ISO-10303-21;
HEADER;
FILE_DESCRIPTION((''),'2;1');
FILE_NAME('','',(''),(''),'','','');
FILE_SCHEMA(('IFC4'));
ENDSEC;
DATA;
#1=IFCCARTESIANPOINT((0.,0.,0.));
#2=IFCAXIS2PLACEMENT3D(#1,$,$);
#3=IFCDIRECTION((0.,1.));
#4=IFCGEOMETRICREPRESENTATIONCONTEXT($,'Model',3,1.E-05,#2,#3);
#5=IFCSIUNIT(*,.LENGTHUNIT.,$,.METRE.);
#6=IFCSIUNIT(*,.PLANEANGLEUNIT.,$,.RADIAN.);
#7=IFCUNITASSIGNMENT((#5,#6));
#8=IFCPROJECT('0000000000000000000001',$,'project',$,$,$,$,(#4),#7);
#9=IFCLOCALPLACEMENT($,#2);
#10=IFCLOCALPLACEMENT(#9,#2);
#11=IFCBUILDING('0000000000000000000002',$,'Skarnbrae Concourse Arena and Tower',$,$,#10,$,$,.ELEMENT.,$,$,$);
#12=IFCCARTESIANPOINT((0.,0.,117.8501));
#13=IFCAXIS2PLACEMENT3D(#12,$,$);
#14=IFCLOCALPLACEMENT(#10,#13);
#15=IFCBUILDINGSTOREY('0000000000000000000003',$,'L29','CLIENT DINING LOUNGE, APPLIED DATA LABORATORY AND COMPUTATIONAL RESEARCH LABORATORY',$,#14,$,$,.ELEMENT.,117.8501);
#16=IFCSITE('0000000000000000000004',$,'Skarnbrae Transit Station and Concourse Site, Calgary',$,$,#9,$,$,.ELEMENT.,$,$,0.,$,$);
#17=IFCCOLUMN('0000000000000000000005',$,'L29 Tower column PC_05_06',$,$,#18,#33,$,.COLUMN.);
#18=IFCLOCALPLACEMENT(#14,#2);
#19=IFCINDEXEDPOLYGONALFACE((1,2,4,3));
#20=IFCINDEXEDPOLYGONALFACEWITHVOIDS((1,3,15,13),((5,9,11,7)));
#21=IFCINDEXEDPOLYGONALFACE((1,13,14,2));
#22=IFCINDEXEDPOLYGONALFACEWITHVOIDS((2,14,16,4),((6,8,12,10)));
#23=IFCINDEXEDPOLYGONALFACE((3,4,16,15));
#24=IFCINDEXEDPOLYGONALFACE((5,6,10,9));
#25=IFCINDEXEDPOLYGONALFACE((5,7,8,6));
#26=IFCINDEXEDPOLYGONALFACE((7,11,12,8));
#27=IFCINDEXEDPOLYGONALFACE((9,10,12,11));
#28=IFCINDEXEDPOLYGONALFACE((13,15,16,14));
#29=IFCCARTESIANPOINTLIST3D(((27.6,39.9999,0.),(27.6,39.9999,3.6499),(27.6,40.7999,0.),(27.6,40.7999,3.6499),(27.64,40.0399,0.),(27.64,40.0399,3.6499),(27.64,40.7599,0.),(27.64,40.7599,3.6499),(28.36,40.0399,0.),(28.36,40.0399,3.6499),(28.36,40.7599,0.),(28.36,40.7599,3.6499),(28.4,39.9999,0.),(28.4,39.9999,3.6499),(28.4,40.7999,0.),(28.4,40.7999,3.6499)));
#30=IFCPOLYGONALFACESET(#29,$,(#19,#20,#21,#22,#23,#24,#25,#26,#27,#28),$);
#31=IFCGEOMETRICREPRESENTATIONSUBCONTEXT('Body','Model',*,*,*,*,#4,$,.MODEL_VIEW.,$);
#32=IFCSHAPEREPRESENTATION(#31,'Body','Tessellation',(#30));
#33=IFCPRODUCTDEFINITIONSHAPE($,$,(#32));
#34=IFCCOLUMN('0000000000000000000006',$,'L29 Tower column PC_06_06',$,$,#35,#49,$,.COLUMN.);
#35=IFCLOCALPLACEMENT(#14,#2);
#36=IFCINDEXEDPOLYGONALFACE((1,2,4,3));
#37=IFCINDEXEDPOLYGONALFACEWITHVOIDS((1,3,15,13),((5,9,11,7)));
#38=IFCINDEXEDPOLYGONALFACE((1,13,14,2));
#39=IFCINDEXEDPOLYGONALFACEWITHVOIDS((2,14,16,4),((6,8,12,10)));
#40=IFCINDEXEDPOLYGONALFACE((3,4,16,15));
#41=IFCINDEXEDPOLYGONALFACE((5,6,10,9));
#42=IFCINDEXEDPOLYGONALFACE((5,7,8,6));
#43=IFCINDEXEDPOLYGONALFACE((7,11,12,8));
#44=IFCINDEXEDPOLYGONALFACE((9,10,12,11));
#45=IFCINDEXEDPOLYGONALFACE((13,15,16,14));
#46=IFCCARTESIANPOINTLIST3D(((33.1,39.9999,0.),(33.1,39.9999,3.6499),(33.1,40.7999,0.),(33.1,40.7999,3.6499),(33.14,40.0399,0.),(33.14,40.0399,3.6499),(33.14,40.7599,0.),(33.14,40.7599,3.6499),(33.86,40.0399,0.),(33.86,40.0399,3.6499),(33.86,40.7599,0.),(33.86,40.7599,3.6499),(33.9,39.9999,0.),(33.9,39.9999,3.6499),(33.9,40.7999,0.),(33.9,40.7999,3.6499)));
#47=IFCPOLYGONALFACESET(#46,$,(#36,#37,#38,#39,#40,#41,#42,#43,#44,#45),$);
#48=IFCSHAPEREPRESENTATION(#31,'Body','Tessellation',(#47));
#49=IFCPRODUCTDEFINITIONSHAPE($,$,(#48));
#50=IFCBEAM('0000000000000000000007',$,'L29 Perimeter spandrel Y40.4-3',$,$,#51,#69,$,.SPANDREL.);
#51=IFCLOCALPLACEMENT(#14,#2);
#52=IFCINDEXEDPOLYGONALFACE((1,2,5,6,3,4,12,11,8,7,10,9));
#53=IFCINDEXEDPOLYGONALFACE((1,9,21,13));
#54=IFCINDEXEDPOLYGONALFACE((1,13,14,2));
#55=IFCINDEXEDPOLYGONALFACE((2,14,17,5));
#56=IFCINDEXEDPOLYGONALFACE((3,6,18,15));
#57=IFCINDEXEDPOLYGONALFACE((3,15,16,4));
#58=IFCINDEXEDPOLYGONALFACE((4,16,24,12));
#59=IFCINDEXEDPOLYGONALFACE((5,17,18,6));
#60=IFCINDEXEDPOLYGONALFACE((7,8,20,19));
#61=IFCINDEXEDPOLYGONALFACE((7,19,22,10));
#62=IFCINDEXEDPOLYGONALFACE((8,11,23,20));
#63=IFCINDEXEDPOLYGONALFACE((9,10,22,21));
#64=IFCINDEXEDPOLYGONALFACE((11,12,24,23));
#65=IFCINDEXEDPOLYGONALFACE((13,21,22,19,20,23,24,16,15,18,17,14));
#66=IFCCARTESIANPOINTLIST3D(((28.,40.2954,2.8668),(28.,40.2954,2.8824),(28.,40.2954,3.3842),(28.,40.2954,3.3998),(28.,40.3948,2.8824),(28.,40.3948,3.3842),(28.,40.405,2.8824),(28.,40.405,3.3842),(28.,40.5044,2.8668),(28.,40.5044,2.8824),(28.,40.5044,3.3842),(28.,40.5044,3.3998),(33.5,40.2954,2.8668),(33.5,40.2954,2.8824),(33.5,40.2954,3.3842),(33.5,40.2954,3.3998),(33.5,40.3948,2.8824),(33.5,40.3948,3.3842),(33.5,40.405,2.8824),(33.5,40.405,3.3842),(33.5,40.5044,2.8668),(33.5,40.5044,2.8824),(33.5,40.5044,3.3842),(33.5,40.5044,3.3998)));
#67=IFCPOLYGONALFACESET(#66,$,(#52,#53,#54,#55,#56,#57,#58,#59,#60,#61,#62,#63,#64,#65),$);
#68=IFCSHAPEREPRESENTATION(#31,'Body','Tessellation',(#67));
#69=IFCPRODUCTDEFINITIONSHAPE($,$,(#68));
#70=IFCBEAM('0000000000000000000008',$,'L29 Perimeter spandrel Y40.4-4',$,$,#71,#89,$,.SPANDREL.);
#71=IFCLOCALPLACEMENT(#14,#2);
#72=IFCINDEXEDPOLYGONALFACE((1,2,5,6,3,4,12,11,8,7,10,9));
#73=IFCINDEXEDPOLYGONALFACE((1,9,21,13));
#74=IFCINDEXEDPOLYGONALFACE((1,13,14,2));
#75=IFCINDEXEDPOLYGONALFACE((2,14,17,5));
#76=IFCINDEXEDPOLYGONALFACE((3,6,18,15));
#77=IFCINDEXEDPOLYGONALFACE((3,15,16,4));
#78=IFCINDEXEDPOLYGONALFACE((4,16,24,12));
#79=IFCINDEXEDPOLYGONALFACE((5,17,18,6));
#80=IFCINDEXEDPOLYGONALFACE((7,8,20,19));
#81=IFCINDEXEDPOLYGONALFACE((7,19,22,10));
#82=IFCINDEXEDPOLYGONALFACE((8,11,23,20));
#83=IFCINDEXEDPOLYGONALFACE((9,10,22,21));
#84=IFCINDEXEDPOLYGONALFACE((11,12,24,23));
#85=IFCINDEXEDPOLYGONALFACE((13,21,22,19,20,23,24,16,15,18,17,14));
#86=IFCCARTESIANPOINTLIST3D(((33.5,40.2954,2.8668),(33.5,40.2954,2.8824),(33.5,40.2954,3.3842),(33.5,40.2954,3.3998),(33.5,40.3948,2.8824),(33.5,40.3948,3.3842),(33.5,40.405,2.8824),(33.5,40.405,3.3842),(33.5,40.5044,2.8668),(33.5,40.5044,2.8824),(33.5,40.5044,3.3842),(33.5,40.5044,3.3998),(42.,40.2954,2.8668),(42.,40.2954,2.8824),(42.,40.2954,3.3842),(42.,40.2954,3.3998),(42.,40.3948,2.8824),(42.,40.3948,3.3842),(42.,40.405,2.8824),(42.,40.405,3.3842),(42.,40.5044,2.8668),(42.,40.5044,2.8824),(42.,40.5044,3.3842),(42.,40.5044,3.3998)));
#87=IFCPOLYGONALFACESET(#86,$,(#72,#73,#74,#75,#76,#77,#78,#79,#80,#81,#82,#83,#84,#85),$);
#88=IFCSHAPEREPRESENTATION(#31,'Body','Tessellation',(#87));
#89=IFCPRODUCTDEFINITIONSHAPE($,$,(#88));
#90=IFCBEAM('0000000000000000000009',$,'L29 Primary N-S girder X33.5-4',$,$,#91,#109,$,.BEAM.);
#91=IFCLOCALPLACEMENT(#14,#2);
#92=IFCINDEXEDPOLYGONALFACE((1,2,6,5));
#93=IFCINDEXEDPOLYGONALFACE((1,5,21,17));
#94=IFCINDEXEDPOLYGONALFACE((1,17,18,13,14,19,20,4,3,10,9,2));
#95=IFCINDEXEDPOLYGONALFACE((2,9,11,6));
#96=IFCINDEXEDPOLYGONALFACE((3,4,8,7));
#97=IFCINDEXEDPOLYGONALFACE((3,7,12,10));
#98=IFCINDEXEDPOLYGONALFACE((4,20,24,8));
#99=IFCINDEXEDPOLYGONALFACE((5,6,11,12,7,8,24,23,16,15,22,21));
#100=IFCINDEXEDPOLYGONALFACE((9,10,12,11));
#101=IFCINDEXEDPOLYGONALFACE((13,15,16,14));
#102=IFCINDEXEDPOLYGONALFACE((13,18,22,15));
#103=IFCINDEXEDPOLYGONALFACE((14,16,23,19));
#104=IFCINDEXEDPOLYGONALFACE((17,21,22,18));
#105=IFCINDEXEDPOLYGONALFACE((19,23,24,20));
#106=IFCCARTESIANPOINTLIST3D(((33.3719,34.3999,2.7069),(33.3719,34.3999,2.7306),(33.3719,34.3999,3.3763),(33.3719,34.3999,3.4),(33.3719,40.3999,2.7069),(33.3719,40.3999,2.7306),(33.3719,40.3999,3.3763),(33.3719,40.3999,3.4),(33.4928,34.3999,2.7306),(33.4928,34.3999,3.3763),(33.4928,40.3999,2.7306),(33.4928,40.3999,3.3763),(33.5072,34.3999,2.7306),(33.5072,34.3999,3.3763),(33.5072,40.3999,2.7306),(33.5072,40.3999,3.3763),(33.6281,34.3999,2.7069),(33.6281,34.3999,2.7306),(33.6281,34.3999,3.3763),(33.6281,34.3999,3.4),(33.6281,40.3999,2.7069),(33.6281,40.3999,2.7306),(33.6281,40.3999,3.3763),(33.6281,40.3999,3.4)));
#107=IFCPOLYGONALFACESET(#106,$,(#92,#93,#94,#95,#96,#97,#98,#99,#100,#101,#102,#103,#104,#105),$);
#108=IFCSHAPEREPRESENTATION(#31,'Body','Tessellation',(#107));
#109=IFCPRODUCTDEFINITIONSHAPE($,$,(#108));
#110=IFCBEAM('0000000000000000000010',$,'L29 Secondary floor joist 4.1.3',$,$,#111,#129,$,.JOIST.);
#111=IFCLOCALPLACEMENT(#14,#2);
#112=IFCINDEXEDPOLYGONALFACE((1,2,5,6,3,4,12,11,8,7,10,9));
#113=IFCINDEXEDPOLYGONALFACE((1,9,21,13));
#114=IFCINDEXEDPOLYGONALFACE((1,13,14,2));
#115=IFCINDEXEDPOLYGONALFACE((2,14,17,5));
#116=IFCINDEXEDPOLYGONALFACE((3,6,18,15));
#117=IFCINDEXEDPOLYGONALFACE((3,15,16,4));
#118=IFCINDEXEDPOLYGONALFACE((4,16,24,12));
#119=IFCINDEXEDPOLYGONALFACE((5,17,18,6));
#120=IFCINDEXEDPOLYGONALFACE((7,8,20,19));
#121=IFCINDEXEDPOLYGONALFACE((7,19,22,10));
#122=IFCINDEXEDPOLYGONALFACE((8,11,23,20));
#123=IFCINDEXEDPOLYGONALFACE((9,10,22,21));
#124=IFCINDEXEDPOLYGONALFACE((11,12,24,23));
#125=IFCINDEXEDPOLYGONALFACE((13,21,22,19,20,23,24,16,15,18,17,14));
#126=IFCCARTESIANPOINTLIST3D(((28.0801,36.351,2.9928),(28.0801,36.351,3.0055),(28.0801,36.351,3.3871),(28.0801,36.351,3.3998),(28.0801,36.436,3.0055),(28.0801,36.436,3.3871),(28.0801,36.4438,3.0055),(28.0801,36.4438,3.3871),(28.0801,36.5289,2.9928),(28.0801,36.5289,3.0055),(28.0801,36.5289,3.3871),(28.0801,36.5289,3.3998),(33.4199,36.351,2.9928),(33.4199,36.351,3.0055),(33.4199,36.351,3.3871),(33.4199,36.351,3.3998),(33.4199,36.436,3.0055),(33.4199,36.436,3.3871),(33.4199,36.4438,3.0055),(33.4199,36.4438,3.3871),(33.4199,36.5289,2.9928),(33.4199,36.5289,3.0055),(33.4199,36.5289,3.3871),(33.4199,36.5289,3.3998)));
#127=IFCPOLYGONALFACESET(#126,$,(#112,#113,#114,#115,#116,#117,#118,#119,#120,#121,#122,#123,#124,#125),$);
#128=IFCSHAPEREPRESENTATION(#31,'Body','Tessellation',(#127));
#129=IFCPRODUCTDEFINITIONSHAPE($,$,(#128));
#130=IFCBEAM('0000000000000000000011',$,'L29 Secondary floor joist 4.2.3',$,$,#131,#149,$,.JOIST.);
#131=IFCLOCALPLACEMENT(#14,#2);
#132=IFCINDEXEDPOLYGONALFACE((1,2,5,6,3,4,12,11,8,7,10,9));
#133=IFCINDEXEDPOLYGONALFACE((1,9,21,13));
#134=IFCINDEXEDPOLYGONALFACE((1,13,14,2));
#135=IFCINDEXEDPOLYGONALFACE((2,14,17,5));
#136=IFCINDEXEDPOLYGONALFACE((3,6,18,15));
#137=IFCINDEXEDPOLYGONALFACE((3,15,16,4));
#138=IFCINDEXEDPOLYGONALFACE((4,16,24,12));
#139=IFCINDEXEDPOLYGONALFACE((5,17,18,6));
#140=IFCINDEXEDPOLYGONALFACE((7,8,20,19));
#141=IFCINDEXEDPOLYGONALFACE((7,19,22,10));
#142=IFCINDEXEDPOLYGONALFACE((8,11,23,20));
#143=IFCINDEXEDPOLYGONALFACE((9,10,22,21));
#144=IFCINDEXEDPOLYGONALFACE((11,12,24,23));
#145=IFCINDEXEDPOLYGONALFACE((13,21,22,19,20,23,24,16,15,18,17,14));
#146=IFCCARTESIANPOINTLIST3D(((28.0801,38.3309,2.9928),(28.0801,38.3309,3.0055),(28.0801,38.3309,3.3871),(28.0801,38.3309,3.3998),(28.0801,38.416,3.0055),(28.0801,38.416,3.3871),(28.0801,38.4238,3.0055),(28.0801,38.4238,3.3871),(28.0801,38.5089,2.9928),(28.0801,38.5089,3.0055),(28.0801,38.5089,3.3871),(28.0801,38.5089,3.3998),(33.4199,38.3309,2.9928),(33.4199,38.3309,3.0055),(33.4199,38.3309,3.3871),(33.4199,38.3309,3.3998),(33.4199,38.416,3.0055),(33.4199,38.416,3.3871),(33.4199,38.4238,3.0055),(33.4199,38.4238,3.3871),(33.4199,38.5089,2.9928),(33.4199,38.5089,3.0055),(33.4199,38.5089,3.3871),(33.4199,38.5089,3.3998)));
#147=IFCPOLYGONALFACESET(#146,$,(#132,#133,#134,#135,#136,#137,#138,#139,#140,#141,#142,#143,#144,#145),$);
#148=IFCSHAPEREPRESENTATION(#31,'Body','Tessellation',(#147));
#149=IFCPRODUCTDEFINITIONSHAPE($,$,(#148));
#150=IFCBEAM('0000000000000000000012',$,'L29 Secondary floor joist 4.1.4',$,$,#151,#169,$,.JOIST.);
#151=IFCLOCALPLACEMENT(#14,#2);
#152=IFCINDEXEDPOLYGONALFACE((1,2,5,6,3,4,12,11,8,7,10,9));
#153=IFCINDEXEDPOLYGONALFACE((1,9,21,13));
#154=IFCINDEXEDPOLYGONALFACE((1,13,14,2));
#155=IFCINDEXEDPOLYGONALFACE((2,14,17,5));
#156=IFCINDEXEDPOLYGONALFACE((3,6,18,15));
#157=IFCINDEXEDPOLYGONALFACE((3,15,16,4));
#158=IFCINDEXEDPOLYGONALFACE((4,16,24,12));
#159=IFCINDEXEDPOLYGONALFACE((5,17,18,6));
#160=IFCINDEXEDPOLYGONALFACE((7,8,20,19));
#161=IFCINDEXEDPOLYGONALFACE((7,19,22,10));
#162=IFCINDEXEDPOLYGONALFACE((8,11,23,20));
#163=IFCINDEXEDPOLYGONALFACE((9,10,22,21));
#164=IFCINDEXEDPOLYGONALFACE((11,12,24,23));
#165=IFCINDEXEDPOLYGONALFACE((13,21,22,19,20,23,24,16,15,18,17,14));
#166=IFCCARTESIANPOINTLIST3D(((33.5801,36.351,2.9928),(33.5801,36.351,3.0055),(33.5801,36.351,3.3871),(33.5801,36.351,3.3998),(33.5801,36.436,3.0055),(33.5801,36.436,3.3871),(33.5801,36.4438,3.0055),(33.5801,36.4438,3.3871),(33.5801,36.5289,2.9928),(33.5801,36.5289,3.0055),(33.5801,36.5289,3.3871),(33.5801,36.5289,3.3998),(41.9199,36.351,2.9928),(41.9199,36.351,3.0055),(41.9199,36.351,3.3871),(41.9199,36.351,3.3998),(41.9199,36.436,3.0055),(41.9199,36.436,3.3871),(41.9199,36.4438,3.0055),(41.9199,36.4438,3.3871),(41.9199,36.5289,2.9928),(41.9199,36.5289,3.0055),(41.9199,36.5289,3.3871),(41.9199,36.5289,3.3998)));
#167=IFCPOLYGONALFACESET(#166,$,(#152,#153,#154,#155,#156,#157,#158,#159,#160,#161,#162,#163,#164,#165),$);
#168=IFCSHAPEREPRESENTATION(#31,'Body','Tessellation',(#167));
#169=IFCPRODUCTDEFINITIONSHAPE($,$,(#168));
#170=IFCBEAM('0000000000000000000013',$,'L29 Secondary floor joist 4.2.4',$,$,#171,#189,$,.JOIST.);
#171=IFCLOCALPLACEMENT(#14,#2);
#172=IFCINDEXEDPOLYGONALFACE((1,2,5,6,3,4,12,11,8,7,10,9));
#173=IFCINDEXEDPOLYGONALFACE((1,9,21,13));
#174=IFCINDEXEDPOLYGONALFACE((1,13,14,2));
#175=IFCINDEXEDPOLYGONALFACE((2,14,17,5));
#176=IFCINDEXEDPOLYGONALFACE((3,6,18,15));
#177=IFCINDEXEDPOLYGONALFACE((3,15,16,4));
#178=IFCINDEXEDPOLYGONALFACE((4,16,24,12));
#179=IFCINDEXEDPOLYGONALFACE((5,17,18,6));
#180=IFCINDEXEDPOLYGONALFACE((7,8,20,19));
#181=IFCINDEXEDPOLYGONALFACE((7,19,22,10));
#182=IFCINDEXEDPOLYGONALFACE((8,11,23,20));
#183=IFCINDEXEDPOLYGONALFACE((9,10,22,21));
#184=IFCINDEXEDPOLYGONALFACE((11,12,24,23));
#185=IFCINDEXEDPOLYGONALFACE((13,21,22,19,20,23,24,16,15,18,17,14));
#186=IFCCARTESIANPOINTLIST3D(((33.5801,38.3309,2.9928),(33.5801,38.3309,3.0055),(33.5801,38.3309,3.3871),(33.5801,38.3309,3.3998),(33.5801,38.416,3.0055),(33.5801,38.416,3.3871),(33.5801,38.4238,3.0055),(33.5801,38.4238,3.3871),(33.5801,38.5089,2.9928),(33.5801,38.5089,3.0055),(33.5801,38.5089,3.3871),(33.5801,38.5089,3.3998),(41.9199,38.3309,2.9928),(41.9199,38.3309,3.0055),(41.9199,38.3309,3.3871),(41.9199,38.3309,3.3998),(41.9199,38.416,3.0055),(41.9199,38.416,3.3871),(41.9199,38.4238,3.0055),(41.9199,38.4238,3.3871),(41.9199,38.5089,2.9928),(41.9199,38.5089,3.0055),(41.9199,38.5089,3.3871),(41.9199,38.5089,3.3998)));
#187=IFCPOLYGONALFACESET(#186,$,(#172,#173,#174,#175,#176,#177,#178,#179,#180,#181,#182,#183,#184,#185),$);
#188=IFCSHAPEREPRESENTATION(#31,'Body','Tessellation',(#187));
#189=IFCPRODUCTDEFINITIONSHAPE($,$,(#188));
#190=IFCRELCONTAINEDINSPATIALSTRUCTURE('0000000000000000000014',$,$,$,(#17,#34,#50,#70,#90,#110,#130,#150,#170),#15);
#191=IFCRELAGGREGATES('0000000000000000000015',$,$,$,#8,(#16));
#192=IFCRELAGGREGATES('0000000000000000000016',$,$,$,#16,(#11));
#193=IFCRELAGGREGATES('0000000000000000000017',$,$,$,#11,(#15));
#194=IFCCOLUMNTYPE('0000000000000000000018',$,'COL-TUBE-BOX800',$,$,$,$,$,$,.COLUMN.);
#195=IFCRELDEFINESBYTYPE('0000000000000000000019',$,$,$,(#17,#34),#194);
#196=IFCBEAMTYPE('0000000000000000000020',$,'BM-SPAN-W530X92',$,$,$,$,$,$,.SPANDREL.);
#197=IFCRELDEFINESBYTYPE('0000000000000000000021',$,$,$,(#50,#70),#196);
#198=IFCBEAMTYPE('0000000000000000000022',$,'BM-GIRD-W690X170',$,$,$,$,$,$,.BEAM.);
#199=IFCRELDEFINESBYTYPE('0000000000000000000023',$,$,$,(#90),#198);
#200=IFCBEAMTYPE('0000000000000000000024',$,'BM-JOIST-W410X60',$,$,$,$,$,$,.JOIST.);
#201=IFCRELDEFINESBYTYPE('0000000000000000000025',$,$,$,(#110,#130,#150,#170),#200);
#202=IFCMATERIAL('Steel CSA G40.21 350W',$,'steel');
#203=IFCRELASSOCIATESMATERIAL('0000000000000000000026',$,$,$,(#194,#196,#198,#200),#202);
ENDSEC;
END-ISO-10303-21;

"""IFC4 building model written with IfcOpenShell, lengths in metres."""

from ifc_helpers import new_model, si_unit, direction, frame, origin, origin_2d, place, context, subcontext, project, spatial, hollow_rectangle, i_section, extrude, source, transform, mapped, material, material_profile, profile_set, type_object, element, save


model = new_model("IFC4")

# Units and contexts
model_context = context("Model", 3, precision=1e-05, world=origin(), true_north=direction((0.0, 1.0)))
body_context = subcontext(model_context, "Body", "Model", "MODEL_VIEW")
ifc_project = project(units=[si_unit("LENGTHUNIT", "METRE"), si_unit("PLANEANGLEUNIT", "RADIAN")], contexts=[model_context])

# Site, building, storey
site_placement = place(None, origin())
site = spatial("IfcSite", under=ifc_project, at=site_placement, Name="Skarnbrae Transit Station and Concourse Site, Calgary", CompositionType="ELEMENT", RefElevation=0.0)
building_placement = place(site_placement, origin())
building = spatial("IfcBuilding", under=site, at=building_placement, Name="Skarnbrae Concourse Arena and Tower", CompositionType="ELEMENT")
storey_placement = place(building_placement, frame((0.0, 0.0, 117.8501)))
storey = spatial("IfcBuildingStorey", under=building, at=storey_placement, Name="L29", Description="CLIENT DINING LOUNGE, APPLIED DATA LABORATORY AND COMPUTATIONAL RESEARCH LABORATORY", CompositionType="ELEMENT", Elevation=117.8501)

# Columns
ifc_material_1 = material(Name="Steel CSA G40.21 350W", Category="steel")
ifc_material_profile_1 = material_profile(ifc_material_1, hollow_rectangle(XDim=0.8, YDim=0.8, WallThickness=0.04, at=origin_2d()), Name="BOX800X800X40")
ifc_profile_set_1 = profile_set([ifc_material_profile_1], Name="Steel CSA G40.21 350W")
column_type = type_object("IfcColumnType", Name="COL-TUBE-BOX800", PredefinedType="COLUMN", material=ifc_profile_set_1)
shared_shape_1 = source(origin(), body_context, "Body", "SweptSolid", [
    extrude(hollow_rectangle(XDim=0.8, YDim=0.8, WallThickness=0.04, at=origin_2d()), origin(), (0.0, 0.0, 1.0), 3.6499),
])
for number, where, z_axis, x_axis, name in (
    (1, (28.0, 40.3999, 0.0), (0.0, 0.0, 1.0), (1.0, 0.0, 0.0), "L29 Tower column PC_05_06"),
    (2, (33.5, 40.3999, 0.0), (0.0, 0.0, 1.0), (1.0, 0.0, 0.0), "L29 Tower column PC_06_06"),
):
    element("IfcColumn", number, at=place(storey_placement, frame(where, z_axis=z_axis, x_axis=x_axis)), inside=storey, type_object=column_type, Name=name, PredefinedType="COLUMN", context=body_context, shape_type="MappedRepresentation", body=[
        mapped(shared_shape_1, transform((0.0, 0.0, 0.0))),
    ])

# Beams
ifc_material_profile_2 = material_profile(ifc_material_1, i_section(OverallWidth=0.209, OverallDepth=0.533, WebThickness=0.0103, FlangeThickness=0.0156, at=origin_2d()), Name="W530X92")
ifc_profile_set_2 = profile_set([ifc_material_profile_2], Name="Steel CSA G40.21 350W")
beam_type_1 = type_object("IfcBeamType", Name="BM-SPAN-W530X92", PredefinedType="SPANDREL", material=ifc_profile_set_2)
shared_shape_2 = source(origin(), body_context, "Body", "SweptSolid", [
    extrude(i_section(OverallWidth=0.209, OverallDepth=0.533, WebThickness=0.0103, FlangeThickness=0.0156, at=origin_2d()), origin(), (0.0, 0.0, 1.0), 5.5),
])
beam_1_placement = place(storey_placement, frame((28.0, 40.3999, 3.1333), z_axis=(1.0, 0.0, 0.0), x_axis=(0.0, 1.0, 0.0)))
element("IfcBeam", 3, at=beam_1_placement, inside=storey, type_object=beam_type_1, Name="L29 Perimeter spandrel Y40.4-3", PredefinedType="SPANDREL", context=body_context, shape_type="MappedRepresentation", body=[
    mapped(shared_shape_2, transform((0.0, 0.0, 0.0))),
])
shared_shape_3 = source(origin(), body_context, "Body", "SweptSolid", [
    extrude(i_section(OverallWidth=0.209, OverallDepth=0.533, WebThickness=0.0103, FlangeThickness=0.0156, at=origin_2d()), origin(), (0.0, 0.0, 1.0), 8.5),
])
beam_2_placement = place(storey_placement, frame((33.5, 40.3999, 3.1333), z_axis=(1.0, 0.0, 0.0), x_axis=(0.0, 1.0, 0.0)))
element("IfcBeam", 4, at=beam_2_placement, inside=storey, type_object=beam_type_1, Name="L29 Perimeter spandrel Y40.4-4", PredefinedType="SPANDREL", context=body_context, shape_type="MappedRepresentation", body=[
    mapped(shared_shape_3, transform((0.0, 0.0, 0.0))),
])
ifc_material_profile_3 = material_profile(ifc_material_1, i_section(OverallWidth=0.2561, OverallDepth=0.6931, WebThickness=0.0144, FlangeThickness=0.0237, at=origin_2d()), Name="W690X170")
ifc_profile_set_3 = profile_set([ifc_material_profile_3], Name="Steel CSA G40.21 350W")
beam_type_2 = type_object("IfcBeamType", Name="BM-GIRD-W690X170", PredefinedType="BEAM", material=ifc_profile_set_3)
shared_shape_4 = source(origin(), body_context, "Body", "SweptSolid", [
    extrude(i_section(OverallWidth=0.2561, OverallDepth=0.6931, WebThickness=0.0144, FlangeThickness=0.0237, at=origin_2d()), origin(), (0.0, 0.0, 1.0), 6.0),
])
beam_3_placement = place(storey_placement, frame((33.5, 34.3999, 3.0535), z_axis=(0.0, 1.0, 0.0), x_axis=(-1.0, 0.0, 0.0)))
element("IfcBeam", 5, at=beam_3_placement, inside=storey, type_object=beam_type_2, Name="L29 Primary N-S girder X33.5-4", PredefinedType="BEAM", context=body_context, shape_type="MappedRepresentation", body=[
    mapped(shared_shape_4, transform((0.0, 0.0, 0.0))),
])
ifc_material_profile_4 = material_profile(ifc_material_1, i_section(OverallWidth=0.178, OverallDepth=0.407, WebThickness=0.0078, FlangeThickness=0.0127, at=origin_2d()), Name="W410X60")
ifc_profile_set_4 = profile_set([ifc_material_profile_4], Name="Steel CSA G40.21 350W")
beam_type_3 = type_object("IfcBeamType", Name="BM-JOIST-W410X60", PredefinedType="JOIST", material=ifc_profile_set_4)
shared_shape_5 = source(origin(), body_context, "Body", "SweptSolid", [
    extrude(i_section(OverallWidth=0.178, OverallDepth=0.407, WebThickness=0.0078, FlangeThickness=0.0127, at=origin_2d()), origin(), (0.0, 0.0, 1.0), 5.3398),
])
for number, where, z_axis, x_axis, name in (
    (6, (28.0801, 36.4399, 3.1963), (1.0, 0.0, 0.0), (0.0, 1.0, 0.0), "L29 Secondary floor joist 4.1.3"),
    (7, (28.0801, 38.4199, 3.1963), (1.0, 0.0, 0.0), (0.0, 1.0, 0.0), "L29 Secondary floor joist 4.2.3"),
):
    element("IfcBeam", number, at=place(storey_placement, frame(where, z_axis=z_axis, x_axis=x_axis)), inside=storey, type_object=beam_type_3, Name=name, PredefinedType="JOIST", context=body_context, shape_type="MappedRepresentation", body=[
        mapped(shared_shape_5, transform((0.0, 0.0, 0.0))),
    ])
shared_shape_6 = source(origin(), body_context, "Body", "SweptSolid", [
    extrude(i_section(OverallWidth=0.178, OverallDepth=0.407, WebThickness=0.0078, FlangeThickness=0.0127, at=origin_2d()), origin(), (0.0, 0.0, 1.0), 8.3398),
])
for number, where, z_axis, x_axis, name in (
    (8, (33.5801, 36.4399, 3.1963), (1.0, 0.0, 0.0), (0.0, 1.0, 0.0), "L29 Secondary floor joist 4.1.4"),
    (9, (33.5801, 38.4199, 3.1963), (1.0, 0.0, 0.0), (0.0, 1.0, 0.0), "L29 Secondary floor joist 4.2.4"),
):
    element("IfcBeam", number, at=place(storey_placement, frame(where, z_axis=z_axis, x_axis=x_axis)), inside=storey, type_object=beam_type_3, Name=name, PredefinedType="JOIST", context=body_context, shape_type="MappedRepresentation", body=[
        mapped(shared_shape_6, transform((0.0, 0.0, 0.0))),
    ])

save(model, "model.ifc")
